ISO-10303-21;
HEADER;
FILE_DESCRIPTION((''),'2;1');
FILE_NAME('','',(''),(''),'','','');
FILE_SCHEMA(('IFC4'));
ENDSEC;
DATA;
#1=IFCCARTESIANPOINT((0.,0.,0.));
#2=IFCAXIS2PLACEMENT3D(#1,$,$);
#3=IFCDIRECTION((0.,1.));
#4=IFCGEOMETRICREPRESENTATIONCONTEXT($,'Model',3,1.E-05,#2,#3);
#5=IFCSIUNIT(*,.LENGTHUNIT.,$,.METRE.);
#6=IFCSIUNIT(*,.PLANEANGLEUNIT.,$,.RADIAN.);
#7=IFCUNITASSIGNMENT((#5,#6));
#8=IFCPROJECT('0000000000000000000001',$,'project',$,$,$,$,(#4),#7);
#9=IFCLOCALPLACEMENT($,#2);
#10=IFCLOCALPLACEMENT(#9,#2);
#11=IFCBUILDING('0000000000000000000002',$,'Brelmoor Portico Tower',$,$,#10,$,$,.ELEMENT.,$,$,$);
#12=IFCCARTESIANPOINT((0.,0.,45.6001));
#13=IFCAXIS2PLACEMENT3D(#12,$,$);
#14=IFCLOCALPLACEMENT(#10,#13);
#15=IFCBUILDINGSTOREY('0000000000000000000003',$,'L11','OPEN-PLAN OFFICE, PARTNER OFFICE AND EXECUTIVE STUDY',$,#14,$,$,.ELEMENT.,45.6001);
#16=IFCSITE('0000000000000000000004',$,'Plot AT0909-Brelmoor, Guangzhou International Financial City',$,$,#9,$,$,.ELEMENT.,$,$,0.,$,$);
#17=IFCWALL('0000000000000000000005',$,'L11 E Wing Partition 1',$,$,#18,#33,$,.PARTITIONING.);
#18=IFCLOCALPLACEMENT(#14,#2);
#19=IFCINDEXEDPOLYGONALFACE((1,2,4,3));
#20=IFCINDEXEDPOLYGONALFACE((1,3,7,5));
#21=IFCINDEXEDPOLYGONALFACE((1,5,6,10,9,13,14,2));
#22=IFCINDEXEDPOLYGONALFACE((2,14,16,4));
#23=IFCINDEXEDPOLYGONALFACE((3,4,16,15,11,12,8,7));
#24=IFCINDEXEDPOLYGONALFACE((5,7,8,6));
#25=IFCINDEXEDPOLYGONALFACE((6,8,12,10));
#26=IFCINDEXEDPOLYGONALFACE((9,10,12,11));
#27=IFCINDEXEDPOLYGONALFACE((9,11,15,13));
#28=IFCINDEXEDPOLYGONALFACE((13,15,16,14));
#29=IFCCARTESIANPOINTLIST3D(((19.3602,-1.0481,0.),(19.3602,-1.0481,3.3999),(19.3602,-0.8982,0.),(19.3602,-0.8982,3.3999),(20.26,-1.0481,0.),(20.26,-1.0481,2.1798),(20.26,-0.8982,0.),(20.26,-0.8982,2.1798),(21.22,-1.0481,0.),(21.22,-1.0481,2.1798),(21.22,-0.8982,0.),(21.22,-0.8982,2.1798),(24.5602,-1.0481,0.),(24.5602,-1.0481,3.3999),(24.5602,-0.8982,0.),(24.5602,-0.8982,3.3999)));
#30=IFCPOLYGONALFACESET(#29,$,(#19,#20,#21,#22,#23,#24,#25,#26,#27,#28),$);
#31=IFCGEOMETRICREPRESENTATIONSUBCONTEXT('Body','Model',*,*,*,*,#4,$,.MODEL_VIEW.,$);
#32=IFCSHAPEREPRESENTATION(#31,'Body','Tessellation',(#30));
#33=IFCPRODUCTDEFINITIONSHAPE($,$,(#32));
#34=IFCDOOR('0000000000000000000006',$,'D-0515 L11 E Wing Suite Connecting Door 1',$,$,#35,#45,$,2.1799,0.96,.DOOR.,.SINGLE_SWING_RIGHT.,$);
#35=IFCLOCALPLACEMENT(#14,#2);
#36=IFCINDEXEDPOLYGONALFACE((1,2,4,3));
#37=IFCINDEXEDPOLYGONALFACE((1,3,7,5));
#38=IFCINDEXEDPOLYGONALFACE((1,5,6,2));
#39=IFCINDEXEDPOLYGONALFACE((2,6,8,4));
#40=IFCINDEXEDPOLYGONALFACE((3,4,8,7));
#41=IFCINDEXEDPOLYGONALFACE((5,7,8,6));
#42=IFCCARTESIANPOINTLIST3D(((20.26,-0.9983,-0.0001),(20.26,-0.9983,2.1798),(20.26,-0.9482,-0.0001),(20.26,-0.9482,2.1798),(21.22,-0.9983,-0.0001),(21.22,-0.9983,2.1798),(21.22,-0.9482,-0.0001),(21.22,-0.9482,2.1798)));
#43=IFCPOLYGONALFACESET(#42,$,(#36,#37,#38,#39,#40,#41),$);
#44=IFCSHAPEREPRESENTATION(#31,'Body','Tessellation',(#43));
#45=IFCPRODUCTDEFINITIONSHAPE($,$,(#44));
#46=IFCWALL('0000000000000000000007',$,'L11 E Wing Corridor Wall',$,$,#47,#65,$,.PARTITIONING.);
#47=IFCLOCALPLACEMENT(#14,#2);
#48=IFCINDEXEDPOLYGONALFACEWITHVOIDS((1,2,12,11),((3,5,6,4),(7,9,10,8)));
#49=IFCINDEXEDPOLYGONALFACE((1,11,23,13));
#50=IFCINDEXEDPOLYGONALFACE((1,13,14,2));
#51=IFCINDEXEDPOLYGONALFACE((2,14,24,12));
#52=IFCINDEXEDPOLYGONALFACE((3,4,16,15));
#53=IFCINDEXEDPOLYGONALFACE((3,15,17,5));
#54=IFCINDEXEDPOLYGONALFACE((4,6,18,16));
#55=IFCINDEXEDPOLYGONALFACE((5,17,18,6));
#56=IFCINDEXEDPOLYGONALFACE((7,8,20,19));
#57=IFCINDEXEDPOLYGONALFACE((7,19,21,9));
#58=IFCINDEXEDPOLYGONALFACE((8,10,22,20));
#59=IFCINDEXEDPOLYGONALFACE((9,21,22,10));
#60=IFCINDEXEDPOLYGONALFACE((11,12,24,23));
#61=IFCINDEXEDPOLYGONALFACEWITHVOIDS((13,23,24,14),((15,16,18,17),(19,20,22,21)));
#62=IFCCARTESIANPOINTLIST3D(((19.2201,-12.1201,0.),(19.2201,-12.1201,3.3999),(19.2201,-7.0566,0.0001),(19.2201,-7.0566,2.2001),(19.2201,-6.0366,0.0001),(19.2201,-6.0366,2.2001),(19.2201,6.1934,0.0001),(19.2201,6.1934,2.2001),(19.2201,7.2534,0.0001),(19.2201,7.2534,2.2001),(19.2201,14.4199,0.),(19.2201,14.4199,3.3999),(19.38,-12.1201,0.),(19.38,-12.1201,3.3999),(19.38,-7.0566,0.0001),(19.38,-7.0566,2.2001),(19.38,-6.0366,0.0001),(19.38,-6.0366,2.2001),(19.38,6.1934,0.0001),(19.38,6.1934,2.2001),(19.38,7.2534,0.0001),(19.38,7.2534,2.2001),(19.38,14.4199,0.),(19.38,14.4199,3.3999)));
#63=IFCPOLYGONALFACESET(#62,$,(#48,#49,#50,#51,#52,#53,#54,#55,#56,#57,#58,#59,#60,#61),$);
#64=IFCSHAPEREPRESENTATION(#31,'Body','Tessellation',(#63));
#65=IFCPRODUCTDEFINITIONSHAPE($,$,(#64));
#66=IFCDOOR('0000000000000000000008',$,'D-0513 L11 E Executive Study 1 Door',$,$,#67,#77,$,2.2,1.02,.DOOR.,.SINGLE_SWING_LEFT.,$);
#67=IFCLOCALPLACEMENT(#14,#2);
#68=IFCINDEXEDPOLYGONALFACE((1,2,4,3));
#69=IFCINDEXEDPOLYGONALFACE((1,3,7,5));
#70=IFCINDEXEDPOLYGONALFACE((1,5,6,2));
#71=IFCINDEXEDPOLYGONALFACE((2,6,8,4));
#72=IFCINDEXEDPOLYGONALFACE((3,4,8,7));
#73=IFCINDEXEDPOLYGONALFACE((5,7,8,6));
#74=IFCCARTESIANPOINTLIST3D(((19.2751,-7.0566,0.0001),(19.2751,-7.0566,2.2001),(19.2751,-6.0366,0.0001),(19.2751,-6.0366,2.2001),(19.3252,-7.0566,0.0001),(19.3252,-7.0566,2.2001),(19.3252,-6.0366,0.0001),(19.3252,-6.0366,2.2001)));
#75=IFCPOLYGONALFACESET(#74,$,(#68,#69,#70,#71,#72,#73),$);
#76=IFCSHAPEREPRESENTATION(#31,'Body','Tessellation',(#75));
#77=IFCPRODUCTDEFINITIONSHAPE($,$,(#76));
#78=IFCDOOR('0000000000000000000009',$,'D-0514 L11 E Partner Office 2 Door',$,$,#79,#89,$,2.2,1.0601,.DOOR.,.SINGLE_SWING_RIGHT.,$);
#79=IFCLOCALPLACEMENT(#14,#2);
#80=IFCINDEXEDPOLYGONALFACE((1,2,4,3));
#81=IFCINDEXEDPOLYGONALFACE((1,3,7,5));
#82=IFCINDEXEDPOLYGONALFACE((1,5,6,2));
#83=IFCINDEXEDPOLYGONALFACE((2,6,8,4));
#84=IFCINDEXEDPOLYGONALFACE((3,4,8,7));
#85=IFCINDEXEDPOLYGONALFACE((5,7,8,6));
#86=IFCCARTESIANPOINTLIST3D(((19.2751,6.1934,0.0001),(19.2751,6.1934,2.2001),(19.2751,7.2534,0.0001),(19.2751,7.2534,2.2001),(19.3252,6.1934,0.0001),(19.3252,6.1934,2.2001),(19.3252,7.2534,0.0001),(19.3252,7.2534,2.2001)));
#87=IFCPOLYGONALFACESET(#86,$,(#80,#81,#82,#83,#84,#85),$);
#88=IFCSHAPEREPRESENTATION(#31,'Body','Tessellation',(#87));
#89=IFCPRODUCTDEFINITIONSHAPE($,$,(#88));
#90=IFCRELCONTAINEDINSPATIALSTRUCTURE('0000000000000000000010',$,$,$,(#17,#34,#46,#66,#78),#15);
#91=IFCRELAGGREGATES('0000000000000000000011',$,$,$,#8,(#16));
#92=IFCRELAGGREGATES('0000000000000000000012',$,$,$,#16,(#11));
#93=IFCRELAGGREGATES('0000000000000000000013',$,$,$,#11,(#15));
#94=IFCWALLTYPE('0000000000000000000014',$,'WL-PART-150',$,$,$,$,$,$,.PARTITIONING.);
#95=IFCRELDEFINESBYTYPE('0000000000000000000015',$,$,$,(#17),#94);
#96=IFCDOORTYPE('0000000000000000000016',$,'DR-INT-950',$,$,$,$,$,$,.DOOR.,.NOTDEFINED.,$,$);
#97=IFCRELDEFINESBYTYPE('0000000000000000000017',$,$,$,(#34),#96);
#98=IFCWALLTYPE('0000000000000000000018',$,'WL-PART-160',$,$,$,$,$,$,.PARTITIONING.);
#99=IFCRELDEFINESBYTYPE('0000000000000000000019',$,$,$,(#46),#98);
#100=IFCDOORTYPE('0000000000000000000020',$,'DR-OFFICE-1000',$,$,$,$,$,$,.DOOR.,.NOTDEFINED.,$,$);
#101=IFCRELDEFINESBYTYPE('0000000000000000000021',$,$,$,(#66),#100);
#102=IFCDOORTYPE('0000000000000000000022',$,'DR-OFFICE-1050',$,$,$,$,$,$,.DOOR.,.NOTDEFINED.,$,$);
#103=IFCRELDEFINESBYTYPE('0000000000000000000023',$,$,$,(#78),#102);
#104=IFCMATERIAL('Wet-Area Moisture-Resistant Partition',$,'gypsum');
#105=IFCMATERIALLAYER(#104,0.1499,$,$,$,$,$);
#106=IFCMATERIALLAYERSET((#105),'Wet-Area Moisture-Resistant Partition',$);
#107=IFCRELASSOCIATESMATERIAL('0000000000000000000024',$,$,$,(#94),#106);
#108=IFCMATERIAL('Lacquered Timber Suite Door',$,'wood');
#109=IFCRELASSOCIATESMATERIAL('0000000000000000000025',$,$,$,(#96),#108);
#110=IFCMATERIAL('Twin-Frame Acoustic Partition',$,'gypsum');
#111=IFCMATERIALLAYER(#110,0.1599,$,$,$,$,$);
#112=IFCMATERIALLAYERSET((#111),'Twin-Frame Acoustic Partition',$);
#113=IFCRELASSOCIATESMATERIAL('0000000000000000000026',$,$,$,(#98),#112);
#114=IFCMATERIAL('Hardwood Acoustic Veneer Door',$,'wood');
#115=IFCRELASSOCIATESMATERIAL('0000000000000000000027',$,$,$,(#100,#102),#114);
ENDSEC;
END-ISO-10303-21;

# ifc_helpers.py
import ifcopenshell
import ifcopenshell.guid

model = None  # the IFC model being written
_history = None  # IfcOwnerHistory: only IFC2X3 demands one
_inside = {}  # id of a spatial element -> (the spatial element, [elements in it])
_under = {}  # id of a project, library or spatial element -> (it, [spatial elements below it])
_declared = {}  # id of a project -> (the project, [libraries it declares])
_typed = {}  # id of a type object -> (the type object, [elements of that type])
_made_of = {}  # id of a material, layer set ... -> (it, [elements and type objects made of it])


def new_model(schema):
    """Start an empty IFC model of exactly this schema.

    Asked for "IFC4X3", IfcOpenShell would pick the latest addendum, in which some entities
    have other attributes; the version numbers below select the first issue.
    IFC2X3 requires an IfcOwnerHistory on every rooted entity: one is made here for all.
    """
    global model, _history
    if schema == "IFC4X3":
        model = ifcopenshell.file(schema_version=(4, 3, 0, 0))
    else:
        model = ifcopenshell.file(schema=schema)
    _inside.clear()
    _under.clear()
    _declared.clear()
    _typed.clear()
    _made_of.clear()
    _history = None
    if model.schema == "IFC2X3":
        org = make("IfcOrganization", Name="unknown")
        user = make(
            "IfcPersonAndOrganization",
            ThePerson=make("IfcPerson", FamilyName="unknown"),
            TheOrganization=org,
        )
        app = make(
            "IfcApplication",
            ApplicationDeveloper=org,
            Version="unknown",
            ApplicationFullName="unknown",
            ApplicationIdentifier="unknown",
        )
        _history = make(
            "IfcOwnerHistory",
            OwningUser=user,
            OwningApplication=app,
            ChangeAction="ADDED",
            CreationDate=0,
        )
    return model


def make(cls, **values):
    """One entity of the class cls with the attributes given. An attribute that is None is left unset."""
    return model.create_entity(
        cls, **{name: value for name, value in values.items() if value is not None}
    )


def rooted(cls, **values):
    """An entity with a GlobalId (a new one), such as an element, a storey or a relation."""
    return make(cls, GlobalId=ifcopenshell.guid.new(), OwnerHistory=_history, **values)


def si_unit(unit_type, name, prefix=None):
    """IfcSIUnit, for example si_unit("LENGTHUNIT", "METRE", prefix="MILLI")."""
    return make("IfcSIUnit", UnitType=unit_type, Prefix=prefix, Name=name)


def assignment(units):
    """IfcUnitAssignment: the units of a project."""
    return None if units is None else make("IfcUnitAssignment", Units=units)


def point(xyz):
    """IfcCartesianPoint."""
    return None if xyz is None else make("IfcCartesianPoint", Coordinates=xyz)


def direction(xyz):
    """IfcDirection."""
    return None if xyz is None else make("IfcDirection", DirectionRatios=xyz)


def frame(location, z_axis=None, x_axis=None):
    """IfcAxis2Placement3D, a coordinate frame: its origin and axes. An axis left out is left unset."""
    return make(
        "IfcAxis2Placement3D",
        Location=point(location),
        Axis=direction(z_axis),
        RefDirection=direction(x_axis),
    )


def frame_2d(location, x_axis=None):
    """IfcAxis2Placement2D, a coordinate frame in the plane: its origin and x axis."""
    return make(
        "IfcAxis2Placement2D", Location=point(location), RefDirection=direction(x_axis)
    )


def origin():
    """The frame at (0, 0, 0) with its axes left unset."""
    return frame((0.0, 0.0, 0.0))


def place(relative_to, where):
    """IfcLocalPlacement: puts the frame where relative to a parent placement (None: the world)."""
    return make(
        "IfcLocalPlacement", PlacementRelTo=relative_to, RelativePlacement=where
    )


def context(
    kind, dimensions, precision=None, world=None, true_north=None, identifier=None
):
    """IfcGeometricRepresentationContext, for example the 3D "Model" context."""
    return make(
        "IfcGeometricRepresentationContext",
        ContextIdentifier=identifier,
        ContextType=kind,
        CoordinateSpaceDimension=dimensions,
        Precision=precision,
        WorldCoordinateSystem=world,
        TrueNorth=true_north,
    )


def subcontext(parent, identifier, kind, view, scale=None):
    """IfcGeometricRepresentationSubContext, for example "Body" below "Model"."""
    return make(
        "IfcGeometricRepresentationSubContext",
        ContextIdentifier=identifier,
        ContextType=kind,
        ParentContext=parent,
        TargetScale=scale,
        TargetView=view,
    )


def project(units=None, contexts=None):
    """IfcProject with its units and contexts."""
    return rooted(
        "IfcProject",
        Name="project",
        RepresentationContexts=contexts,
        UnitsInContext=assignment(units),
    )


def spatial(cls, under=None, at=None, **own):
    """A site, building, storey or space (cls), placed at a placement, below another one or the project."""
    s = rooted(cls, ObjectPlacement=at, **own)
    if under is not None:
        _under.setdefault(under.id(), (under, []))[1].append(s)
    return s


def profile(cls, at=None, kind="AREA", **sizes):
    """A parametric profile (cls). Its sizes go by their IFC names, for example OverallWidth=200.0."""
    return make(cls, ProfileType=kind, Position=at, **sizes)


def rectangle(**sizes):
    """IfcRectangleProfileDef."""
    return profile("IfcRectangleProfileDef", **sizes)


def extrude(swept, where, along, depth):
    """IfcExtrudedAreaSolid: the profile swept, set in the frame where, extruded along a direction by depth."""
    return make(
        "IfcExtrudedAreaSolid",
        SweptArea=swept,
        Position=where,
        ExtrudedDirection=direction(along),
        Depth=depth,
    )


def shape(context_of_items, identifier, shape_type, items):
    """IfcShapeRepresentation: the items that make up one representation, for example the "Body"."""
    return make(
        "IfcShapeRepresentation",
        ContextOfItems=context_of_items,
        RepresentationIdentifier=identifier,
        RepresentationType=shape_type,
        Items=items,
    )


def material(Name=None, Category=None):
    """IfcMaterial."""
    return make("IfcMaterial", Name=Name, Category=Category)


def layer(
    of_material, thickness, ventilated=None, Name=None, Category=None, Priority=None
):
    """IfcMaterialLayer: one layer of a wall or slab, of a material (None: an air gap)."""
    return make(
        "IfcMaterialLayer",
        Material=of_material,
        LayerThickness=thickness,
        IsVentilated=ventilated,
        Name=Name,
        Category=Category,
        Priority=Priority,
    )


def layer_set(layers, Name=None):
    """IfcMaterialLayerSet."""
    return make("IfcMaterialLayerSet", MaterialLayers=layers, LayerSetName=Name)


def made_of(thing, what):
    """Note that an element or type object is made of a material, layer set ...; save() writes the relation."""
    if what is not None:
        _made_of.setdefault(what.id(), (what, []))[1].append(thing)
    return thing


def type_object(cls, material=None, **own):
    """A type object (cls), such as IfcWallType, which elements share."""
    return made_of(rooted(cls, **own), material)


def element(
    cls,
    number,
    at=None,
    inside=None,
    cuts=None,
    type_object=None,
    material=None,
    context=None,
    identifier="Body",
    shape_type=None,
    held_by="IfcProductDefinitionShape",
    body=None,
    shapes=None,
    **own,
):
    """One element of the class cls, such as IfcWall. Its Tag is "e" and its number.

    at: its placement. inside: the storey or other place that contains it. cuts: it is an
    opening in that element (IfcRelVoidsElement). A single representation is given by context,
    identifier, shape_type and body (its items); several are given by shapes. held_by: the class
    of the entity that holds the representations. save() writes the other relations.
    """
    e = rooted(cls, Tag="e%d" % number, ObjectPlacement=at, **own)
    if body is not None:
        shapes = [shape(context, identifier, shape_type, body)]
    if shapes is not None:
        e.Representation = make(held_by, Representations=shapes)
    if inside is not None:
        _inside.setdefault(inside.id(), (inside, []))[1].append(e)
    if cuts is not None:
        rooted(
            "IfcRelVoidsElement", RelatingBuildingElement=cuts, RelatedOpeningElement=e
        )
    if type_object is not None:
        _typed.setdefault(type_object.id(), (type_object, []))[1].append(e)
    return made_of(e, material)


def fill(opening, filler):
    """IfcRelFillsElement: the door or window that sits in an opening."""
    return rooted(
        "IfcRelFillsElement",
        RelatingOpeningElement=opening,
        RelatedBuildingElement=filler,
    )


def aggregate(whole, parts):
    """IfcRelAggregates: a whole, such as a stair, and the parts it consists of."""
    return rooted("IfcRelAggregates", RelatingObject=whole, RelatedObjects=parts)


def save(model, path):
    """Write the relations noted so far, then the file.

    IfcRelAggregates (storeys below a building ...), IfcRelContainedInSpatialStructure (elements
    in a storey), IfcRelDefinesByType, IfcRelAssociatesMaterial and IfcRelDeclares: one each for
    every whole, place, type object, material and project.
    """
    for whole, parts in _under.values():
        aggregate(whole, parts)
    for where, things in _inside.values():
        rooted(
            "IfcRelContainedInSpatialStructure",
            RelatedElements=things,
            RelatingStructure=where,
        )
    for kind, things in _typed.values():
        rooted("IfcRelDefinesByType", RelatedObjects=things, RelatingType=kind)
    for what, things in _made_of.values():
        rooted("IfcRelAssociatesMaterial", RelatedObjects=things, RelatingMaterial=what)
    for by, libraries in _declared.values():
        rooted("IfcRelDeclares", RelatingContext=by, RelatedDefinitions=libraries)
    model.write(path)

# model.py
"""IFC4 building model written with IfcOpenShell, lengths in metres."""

from ifc_helpers import new_model, si_unit, direction, frame, frame_2d, origin, place, context, subcontext, project, spatial, rectangle, extrude, material, layer, layer_set, type_object, element, fill, save


model = new_model("IFC4")

# Units and contexts
model_context = context("Model", 3, precision=1e-05, world=origin(), true_north=direction((0.0, 1.0)))
body_context = subcontext(model_context, "Body", "Model", "MODEL_VIEW")
ifc_project = project(units=[si_unit("LENGTHUNIT", "METRE"), si_unit("PLANEANGLEUNIT", "RADIAN")], contexts=[model_context])

# Site, building, storey
site_placement = place(None, origin())
site = spatial("IfcSite", under=ifc_project, at=site_placement, Name="Plot AT0909-Brelmoor, Guangzhou International Financial City", CompositionType="ELEMENT", RefElevation=0.0)
building_placement = place(site_placement, origin())
building = spatial("IfcBuilding", under=site, at=building_placement, Name="Brelmoor Portico Tower", CompositionType="ELEMENT")
storey_placement = place(building_placement, frame((0.0, 0.0, 45.6001)))
storey = spatial("IfcBuildingStorey", under=building, at=storey_placement, Name="L11", Description="OPEN-PLAN OFFICE, PARTNER OFFICE AND EXECUTIVE STUDY", CompositionType="ELEMENT", Elevation=45.6001)

# Wall, opening, door
ifc_material_1 = material(Name="Wet-Area Moisture-Resistant Partition", Category="gypsum")
ifc_layer_1 = layer(ifc_material_1, 0.1499)
ifc_layer_set_1 = layer_set([ifc_layer_1], Name="Wet-Area Moisture-Resistant Partition")
wall_type_1 = type_object("IfcWallType", Name="WL-PART-150", PredefinedType="PARTITIONING", material=ifc_layer_set_1)
ifc_material_2 = material(Name="Lacquered Timber Suite Door", Category="wood")
door_type_1 = type_object("IfcDoorType", Name="DR-INT-950", OperationType="NOTDEFINED", PredefinedType="DOOR", material=ifc_material_2)
wall_1_placement = place(storey_placement, frame((19.3601, -0.9731, 0.0), z_axis=(0.0, 0.0, 1.0), x_axis=(1.0, 0.0, 0.0)))
wall_1 = element("IfcWall", 1, at=wall_1_placement, inside=storey, type_object=wall_type_1, Name="L11 E Wing Partition 1", PredefinedType="PARTITIONING", context=body_context, shape_type="SweptSolid", body=[
    extrude(rectangle(XDim=5.2, YDim=0.1499, at=frame_2d((2.6001, 0.0))), origin(), (0.0, 0.0, 1.0), 3.3999),
])
opening_1_placement = place(wall_1_placement, frame((0.8999, 0.0, 0.0)))
opening_1 = element("IfcOpeningElement", 2, at=opening_1_placement, cuts=wall_1, PredefinedType="OPENING", context=body_context, shape_type="SweptSolid", body=[
    extrude(rectangle(XDim=0.96, YDim=2.1799, at=frame_2d((0.48, 1.0898))), frame((0.0, 0.085, 0.0), z_axis=(0.0, -1.0, 0.0), x_axis=(1.0, 0.0, 0.0)), (0.0, 0.0, 1.0), 0.1699),
])
door_1_placement = place(opening_1_placement, origin())
door_1 = element("IfcDoor", 3, at=door_1_placement, inside=storey, type_object=door_type_1, Name="D-0515 L11 E Wing Suite Connecting Door 1", OperationType="SINGLE_SWING_RIGHT", OverallHeight=2.1799, OverallWidth=0.96, PredefinedType="DOOR", context=body_context, shape_type="SweptSolid", body=[
    extrude(rectangle(XDim=0.96, YDim=2.1799, at=frame_2d((0.48, 1.0898))), frame((0.0, 0.0249, 0.0), z_axis=(0.0, -1.0, 0.0), x_axis=(1.0, 0.0, 0.0)), (0.0, 0.0, 1.0), 0.05),
])
fill(opening_1, door_1)

# Wall, openings, doors
ifc_material_3 = material(Name="Twin-Frame Acoustic Partition", Category="gypsum")
ifc_layer_2 = layer(ifc_material_3, 0.1599)
ifc_layer_set_2 = layer_set([ifc_layer_2], Name="Twin-Frame Acoustic Partition")
wall_type_2 = type_object("IfcWallType", Name="WL-PART-160", PredefinedType="PARTITIONING", material=ifc_layer_set_2)
wall_2_placement = place(storey_placement, frame((19.3, -12.1201, 0.0), z_axis=(0.0, 0.0, 1.0), x_axis=(0.0, 1.0, 0.0)))
wall_2 = element("IfcWall", 4, at=wall_2_placement, inside=storey, type_object=wall_type_2, Name="L11 E Wing Corridor Wall", PredefinedType="PARTITIONING", context=body_context, shape_type="SweptSolid", body=[
    extrude(rectangle(XDim=26.54, YDim=0.1599, at=frame_2d((13.27, 0.0))), origin(), (0.0, 0.0, 1.0), 3.3999),
])
opening_2_placement = place(wall_2_placement, frame((5.0635, 0.0, 0.0)))
opening_2 = element("IfcOpeningElement", 5, at=opening_2_placement, cuts=wall_2, PredefinedType="OPENING", context=body_context, shape_type="SweptSolid", body=[
    extrude(rectangle(XDim=1.02, YDim=2.2, at=frame_2d((0.51, 1.1001))), frame((0.0, 0.0898, 0.0), z_axis=(0.0, -1.0, 0.0), x_axis=(1.0, 0.0, 0.0)), (0.0, 0.0, 1.0), 0.1799),
])
opening_3_placement = place(wall_2_placement, frame((18.3135, 0.0, 0.0)))
opening_3 = element("IfcOpeningElement", 6, at=opening_3_placement, cuts=wall_2, PredefinedType="OPENING", context=body_context, shape_type="SweptSolid", body=[
    extrude(rectangle(XDim=1.0601, YDim=2.2, at=frame_2d((0.53, 1.1001))), frame((0.0, 0.0898, 0.0), z_axis=(0.0, -1.0, 0.0), x_axis=(1.0, 0.0, 0.0)), (0.0, 0.0, 1.0), 0.1799),
])
ifc_material_4 = material(Name="Hardwood Acoustic Veneer Door", Category="wood")
door_type_2 = type_object("IfcDoorType", Name="DR-OFFICE-1000", OperationType="NOTDEFINED", PredefinedType="DOOR", material=ifc_material_4)
door_2_placement = place(opening_2_placement, origin())
door_2 = element("IfcDoor", 7, at=door_2_placement, inside=storey, type_object=door_type_2, Name="D-0513 L11 E Executive Study 1 Door", OperationType="SINGLE_SWING_LEFT", OverallHeight=2.2, OverallWidth=1.02, PredefinedType="DOOR", context=body_context, shape_type="SweptSolid", body=[
    extrude(rectangle(XDim=1.02, YDim=2.2, at=frame_2d((0.51, 1.1001))), frame((0.0, 0.0249, 0.0), z_axis=(0.0, -1.0, 0.0), x_axis=(1.0, 0.0, 0.0)), (0.0, 0.0, 1.0), 0.05),
])
fill(opening_2, door_2)
door_type_3 = type_object("IfcDoorType", Name="DR-OFFICE-1050", OperationType="NOTDEFINED", PredefinedType="DOOR", material=ifc_material_4)
door_3_placement = place(opening_3_placement, origin())
door_3 = element("IfcDoor", 8, at=door_3_placement, inside=storey, type_object=door_type_3, Name="D-0514 L11 E Partner Office 2 Door", OperationType="SINGLE_SWING_RIGHT", OverallHeight=2.2, OverallWidth=1.0601, PredefinedType="DOOR", context=body_context, shape_type="SweptSolid", body=[
    extrude(rectangle(XDim=1.0601, YDim=2.2, at=frame_2d((0.53, 1.1001))), frame((0.0, 0.0249, 0.0), z_axis=(0.0, -1.0, 0.0), x_axis=(1.0, 0.0, 0.0)), (0.0, 0.0, 1.0), 0.05),
])
fill(opening_3, door_3)

save(model, "model.ifc")
